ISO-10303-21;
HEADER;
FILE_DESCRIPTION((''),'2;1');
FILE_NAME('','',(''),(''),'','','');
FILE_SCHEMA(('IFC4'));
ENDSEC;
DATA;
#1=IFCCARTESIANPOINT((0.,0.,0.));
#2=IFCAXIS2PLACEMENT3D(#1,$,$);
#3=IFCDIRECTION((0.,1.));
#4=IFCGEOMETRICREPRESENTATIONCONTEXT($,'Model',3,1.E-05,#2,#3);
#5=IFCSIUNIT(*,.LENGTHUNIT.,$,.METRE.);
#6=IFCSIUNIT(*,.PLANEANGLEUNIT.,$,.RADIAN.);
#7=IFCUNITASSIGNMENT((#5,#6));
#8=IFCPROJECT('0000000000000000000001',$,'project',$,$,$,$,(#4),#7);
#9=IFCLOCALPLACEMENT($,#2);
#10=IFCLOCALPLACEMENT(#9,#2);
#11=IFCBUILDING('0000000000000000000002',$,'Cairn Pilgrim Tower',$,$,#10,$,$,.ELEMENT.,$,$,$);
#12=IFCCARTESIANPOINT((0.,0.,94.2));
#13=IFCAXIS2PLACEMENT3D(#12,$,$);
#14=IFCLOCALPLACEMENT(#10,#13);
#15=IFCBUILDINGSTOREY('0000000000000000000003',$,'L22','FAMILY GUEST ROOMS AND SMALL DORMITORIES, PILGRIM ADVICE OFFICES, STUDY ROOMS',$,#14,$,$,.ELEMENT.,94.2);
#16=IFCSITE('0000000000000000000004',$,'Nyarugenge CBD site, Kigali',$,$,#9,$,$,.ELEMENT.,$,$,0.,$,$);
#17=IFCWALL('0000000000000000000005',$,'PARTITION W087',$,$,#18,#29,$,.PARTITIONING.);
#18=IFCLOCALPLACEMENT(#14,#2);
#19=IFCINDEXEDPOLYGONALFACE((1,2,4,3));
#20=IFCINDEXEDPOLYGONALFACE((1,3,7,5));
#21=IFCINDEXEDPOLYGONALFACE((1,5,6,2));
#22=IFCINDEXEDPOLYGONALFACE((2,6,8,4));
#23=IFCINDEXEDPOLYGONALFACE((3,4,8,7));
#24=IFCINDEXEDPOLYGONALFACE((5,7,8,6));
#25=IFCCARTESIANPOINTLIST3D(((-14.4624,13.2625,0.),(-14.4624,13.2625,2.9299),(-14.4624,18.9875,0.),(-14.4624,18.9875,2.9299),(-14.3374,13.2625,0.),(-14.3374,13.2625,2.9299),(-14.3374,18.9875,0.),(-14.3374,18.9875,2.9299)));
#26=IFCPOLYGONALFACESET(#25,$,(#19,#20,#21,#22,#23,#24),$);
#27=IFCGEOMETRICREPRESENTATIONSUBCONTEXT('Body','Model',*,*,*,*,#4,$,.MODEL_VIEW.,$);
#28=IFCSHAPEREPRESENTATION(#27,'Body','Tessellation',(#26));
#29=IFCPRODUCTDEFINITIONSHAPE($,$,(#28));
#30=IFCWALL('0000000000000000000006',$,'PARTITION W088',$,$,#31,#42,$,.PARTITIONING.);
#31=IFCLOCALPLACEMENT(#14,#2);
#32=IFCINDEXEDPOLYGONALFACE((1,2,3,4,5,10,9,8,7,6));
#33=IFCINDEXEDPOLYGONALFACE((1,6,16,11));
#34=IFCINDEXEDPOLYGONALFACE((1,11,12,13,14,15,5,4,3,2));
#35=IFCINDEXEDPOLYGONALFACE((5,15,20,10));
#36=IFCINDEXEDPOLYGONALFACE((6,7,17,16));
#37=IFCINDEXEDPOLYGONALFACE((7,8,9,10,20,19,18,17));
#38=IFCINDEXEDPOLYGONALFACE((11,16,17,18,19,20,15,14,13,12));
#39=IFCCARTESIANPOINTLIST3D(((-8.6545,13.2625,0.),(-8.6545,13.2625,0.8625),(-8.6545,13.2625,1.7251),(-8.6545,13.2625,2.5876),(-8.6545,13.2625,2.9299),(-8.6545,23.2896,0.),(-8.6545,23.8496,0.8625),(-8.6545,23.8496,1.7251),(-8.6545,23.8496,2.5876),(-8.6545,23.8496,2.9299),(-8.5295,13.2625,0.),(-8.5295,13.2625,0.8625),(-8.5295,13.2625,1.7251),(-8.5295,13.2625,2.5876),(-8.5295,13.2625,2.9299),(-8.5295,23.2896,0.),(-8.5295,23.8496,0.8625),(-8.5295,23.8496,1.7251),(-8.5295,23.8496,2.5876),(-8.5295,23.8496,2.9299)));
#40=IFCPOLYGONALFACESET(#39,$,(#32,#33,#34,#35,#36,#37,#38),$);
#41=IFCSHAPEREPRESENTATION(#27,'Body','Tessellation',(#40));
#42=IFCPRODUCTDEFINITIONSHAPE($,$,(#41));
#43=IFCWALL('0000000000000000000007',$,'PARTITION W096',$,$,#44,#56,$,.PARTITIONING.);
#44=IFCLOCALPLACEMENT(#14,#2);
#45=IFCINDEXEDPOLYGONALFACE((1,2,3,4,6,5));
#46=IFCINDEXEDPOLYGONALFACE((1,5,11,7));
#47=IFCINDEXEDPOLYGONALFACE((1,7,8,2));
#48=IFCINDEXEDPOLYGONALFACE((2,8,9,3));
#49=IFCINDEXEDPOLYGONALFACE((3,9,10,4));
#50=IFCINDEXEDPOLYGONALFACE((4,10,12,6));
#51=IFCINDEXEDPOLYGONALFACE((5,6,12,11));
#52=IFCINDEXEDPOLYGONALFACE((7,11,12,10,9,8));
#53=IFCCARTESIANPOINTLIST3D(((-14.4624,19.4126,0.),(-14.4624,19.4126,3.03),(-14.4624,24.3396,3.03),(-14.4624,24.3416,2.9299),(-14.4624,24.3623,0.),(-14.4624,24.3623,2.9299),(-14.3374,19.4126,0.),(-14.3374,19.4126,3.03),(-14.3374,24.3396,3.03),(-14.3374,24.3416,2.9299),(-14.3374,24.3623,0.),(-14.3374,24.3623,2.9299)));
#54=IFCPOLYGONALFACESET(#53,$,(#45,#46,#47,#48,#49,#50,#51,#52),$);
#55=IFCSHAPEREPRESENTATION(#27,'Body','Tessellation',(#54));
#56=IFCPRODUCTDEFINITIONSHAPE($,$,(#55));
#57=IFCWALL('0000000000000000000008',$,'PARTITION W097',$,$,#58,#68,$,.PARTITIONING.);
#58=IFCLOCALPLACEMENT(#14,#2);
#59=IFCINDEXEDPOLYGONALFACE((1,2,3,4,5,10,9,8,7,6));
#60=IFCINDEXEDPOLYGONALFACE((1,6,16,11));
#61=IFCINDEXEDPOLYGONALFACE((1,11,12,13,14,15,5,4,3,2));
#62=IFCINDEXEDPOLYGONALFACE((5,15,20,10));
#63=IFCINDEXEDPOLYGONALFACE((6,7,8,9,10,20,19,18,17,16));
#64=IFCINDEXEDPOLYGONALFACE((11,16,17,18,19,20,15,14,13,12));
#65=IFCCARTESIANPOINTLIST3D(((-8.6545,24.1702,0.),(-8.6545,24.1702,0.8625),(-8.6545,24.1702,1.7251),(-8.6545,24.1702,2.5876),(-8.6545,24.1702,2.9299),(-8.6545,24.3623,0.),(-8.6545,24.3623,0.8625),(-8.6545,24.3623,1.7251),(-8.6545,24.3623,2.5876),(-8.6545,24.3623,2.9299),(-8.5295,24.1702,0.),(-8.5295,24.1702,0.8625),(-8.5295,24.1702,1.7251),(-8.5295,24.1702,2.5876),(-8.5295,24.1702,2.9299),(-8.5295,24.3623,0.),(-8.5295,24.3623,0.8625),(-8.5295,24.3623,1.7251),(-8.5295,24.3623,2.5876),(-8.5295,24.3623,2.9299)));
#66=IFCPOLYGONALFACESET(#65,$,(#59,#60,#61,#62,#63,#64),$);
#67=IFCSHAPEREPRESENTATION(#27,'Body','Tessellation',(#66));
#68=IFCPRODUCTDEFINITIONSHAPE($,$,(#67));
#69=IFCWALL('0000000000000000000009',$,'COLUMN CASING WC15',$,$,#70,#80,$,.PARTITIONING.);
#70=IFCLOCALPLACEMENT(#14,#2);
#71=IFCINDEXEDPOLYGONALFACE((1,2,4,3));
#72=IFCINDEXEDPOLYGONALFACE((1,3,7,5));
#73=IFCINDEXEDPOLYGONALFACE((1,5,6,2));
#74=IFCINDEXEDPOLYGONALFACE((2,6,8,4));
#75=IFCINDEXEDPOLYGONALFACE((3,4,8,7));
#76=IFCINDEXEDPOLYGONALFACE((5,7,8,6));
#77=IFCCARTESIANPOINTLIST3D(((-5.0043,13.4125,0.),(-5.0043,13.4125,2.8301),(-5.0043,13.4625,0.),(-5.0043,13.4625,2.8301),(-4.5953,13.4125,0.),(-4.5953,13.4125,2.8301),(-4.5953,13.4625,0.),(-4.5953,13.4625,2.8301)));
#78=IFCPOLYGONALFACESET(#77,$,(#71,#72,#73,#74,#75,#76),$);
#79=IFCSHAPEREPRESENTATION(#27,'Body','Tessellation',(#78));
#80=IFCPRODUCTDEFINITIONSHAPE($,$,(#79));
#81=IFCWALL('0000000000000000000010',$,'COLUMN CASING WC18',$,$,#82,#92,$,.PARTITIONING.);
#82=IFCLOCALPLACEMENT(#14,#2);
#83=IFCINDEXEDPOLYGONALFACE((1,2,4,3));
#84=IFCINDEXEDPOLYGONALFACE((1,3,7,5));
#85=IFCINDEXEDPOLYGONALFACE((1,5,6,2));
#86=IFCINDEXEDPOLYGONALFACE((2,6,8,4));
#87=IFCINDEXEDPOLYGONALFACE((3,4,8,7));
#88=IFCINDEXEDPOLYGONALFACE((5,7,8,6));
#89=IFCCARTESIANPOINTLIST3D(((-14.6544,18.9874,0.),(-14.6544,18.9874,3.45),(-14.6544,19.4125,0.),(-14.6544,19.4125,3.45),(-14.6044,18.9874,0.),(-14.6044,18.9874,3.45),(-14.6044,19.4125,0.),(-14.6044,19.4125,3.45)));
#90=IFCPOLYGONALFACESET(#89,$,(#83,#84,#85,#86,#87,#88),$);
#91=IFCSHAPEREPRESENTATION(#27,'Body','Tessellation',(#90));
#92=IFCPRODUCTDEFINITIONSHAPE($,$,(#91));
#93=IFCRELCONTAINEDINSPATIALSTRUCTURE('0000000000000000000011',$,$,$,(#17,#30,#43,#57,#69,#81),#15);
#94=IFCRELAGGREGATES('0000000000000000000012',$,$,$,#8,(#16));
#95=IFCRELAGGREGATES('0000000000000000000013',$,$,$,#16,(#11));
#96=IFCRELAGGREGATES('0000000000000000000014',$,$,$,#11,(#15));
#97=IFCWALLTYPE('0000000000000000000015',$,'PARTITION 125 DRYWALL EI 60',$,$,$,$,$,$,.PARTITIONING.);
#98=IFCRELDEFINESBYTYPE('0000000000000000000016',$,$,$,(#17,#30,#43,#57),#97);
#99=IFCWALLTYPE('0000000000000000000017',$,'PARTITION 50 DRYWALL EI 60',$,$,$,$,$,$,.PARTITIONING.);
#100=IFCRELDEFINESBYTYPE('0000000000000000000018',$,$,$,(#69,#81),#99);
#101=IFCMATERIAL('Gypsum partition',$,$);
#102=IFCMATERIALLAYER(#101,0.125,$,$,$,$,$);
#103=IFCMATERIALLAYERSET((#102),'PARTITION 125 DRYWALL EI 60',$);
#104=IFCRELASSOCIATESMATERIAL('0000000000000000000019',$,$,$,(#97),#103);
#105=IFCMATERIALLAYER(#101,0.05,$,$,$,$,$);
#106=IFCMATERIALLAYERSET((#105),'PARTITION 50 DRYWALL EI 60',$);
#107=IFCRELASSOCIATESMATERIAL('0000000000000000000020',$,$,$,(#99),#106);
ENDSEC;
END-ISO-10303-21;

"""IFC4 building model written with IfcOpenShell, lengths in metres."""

from ifc_helpers import new_model, si_unit, direction, frame, frame_2d, origin, place, context, subcontext, project, spatial, polyline, rectangle, outline, extrude, material, layer, layer_set, type_object, element, save


model = new_model("IFC4")

# Units and contexts
model_context = context("Model", 3, precision=1e-05, world=origin(), true_north=direction((0.0, 1.0)))
body_context = subcontext(model_context, "Body", "Model", "MODEL_VIEW")
ifc_project = project(units=[si_unit("LENGTHUNIT", "METRE"), si_unit("PLANEANGLEUNIT", "RADIAN")], contexts=[model_context])

# Site, building, storey
site_placement = place(None, origin())
site = spatial("IfcSite", under=ifc_project, at=site_placement, Name="Nyarugenge CBD site, Kigali", CompositionType="ELEMENT", RefElevation=0.0)
building_placement = place(site_placement, origin())
building = spatial("IfcBuilding", under=site, at=building_placement, Name="Cairn Pilgrim Tower", CompositionType="ELEMENT")
storey_placement = place(building_placement, frame((0.0, 0.0, 94.2)))
storey = spatial("IfcBuildingStorey", under=building, at=storey_placement, Name="L22", Description="FAMILY GUEST ROOMS AND SMALL DORMITORIES, PILGRIM ADVICE OFFICES, STUDY ROOMS", CompositionType="ELEMENT", Elevation=94.2)

# Shared definitions
ifc_material_1 = material(Name="Gypsum partition")
ifc_layer_1 = layer(ifc_material_1, 0.125)
ifc_layer_set_1 = layer_set([ifc_layer_1], Name="PARTITION 125 DRYWALL EI 60")
wall_type_1 = type_object("IfcWallType", Name="PARTITION 125 DRYWALL EI 60", PredefinedType="PARTITIONING", material=ifc_layer_set_1)

# Walls
wall_1_placement = place(storey_placement, frame((-14.3999, 13.2625, 0.0), z_axis=(0.0, 0.0, 1.0), x_axis=(0.0, 1.0, 0.0)))
element("IfcWall", 1, at=wall_1_placement, inside=storey, type_object=wall_type_1, Name="PARTITION W087", PredefinedType="PARTITIONING", context=body_context, shape_type="SweptSolid", body=[
    extrude(rectangle(XDim=5.7251, YDim=0.125, at=frame_2d((2.8625, 0.0))), origin(), (0.0, 0.0, 1.0), 2.9299),
])
wall_2_placement = place(storey_placement, frame((-8.592, 13.2625, 0.0), z_axis=(0.0, 0.0, 1.0), x_axis=(0.0, 1.0, 0.0)))
element("IfcWall", 2, at=wall_2_placement, inside=storey, type_object=wall_type_1, Name="PARTITION W088", PredefinedType="PARTITIONING", context=body_context, shape_type="SweptSolid", body=[
    extrude(outline(polyline([(0.0, 0.0), (10.0271, 0.0), (10.5872, 0.8625), (10.5872, 1.7251), (10.5872, 2.5876), (10.5872, 2.9299), (0.0, 2.9299), (0.0, 2.5876), (0.0, 1.7251), (0.0, 0.8625), (0.0, 0.0)])), frame((0.0, 0.0625, 0.0), z_axis=(0.0, -1.0, 0.0), x_axis=(1.0, 0.0, 0.0)), (0.0, 0.0, 1.0), 0.125),
])
wall_3_placement = place(storey_placement, frame((-14.3999, 19.4126, 0.0), z_axis=(0.0, 0.0, 1.0), x_axis=(0.0, 1.0, 0.0)))
element("IfcWall", 3, at=wall_3_placement, inside=storey, type_object=wall_type_1, Name="PARTITION W096", PredefinedType="PARTITIONING", context=body_context, shape_type="SweptSolid", body=[
    extrude(outline(polyline([(0.0, 0.0), (4.9497, 0.0), (4.9497, 2.9299), (4.929, 2.9299), (4.927, 3.03), (0.0, 3.03), (0.0, 0.0)])), frame((0.0, 0.0625, 0.0), z_axis=(0.0, -1.0, 0.0), x_axis=(1.0, 0.0, 0.0)), (0.0, 0.0, 1.0), 0.125),
])
wall_4_placement = place(storey_placement, frame((-8.592, 24.1702, 0.0), z_axis=(0.0, 0.0, 1.0), x_axis=(0.0, 1.0, 0.0)))
element("IfcWall", 4, at=wall_4_placement, inside=storey, type_object=wall_type_1, Name="PARTITION W097", PredefinedType="PARTITIONING", context=body_context, shape_type="SweptSolid", body=[
    extrude(outline(polyline([(0.0, 0.0), (0.1921, 0.0), (0.1921, 0.8625), (0.1921, 1.7251), (0.1921, 2.5876), (0.1921, 2.9299), (0.0, 2.9299), (0.0, 2.5876), (0.0, 1.7251), (0.0, 0.8625), (0.0, 0.0)])), frame((0.0, 0.0625, 0.0), z_axis=(0.0, -1.0, 0.0), x_axis=(1.0, 0.0, 0.0)), (0.0, 0.0, 1.0), 0.125),
])
ifc_layer_2 = layer(ifc_material_1, 0.05)
ifc_layer_set_2 = layer_set([ifc_layer_2], Name="PARTITION 50 DRYWALL EI 60")
wall_type_2 = type_object("IfcWallType", Name="PARTITION 50 DRYWALL EI 60", PredefinedType="PARTITIONING", material=ifc_layer_set_2)
wall_5_placement = place(storey_placement, frame((-5.0044, 13.4375, 0.0), z_axis=(0.0, 0.0, 1.0), x_axis=(1.0, 0.0, 0.0)))
element("IfcWall", 5, at=wall_5_placement, inside=storey, type_object=wall_type_2, Name="COLUMN CASING WC15", PredefinedType="PARTITIONING", context=body_context, shape_type="SweptSolid", body=[
    extrude(rectangle(XDim=0.4089, YDim=0.05, at=frame_2d((0.2046, 0.0))), origin(), (0.0, 0.0, 1.0), 2.8301),
])
wall_6_placement = place(storey_placement, frame((-14.6294, 18.9875, 0.0), z_axis=(0.0, 0.0, 1.0), x_axis=(0.0, 1.0, 0.0)))
element("IfcWall", 6, at=wall_6_placement, inside=storey, type_object=wall_type_2, Name="COLUMN CASING WC18", PredefinedType="PARTITIONING", context=body_context, shape_type="SweptSolid", body=[
    extrude(rectangle(XDim=0.425, YDim=0.05, at=frame_2d((0.2124, 0.0))), origin(), (0.0, 0.0, 1.0), 3.45),
])

save(model, "model.ifc")
